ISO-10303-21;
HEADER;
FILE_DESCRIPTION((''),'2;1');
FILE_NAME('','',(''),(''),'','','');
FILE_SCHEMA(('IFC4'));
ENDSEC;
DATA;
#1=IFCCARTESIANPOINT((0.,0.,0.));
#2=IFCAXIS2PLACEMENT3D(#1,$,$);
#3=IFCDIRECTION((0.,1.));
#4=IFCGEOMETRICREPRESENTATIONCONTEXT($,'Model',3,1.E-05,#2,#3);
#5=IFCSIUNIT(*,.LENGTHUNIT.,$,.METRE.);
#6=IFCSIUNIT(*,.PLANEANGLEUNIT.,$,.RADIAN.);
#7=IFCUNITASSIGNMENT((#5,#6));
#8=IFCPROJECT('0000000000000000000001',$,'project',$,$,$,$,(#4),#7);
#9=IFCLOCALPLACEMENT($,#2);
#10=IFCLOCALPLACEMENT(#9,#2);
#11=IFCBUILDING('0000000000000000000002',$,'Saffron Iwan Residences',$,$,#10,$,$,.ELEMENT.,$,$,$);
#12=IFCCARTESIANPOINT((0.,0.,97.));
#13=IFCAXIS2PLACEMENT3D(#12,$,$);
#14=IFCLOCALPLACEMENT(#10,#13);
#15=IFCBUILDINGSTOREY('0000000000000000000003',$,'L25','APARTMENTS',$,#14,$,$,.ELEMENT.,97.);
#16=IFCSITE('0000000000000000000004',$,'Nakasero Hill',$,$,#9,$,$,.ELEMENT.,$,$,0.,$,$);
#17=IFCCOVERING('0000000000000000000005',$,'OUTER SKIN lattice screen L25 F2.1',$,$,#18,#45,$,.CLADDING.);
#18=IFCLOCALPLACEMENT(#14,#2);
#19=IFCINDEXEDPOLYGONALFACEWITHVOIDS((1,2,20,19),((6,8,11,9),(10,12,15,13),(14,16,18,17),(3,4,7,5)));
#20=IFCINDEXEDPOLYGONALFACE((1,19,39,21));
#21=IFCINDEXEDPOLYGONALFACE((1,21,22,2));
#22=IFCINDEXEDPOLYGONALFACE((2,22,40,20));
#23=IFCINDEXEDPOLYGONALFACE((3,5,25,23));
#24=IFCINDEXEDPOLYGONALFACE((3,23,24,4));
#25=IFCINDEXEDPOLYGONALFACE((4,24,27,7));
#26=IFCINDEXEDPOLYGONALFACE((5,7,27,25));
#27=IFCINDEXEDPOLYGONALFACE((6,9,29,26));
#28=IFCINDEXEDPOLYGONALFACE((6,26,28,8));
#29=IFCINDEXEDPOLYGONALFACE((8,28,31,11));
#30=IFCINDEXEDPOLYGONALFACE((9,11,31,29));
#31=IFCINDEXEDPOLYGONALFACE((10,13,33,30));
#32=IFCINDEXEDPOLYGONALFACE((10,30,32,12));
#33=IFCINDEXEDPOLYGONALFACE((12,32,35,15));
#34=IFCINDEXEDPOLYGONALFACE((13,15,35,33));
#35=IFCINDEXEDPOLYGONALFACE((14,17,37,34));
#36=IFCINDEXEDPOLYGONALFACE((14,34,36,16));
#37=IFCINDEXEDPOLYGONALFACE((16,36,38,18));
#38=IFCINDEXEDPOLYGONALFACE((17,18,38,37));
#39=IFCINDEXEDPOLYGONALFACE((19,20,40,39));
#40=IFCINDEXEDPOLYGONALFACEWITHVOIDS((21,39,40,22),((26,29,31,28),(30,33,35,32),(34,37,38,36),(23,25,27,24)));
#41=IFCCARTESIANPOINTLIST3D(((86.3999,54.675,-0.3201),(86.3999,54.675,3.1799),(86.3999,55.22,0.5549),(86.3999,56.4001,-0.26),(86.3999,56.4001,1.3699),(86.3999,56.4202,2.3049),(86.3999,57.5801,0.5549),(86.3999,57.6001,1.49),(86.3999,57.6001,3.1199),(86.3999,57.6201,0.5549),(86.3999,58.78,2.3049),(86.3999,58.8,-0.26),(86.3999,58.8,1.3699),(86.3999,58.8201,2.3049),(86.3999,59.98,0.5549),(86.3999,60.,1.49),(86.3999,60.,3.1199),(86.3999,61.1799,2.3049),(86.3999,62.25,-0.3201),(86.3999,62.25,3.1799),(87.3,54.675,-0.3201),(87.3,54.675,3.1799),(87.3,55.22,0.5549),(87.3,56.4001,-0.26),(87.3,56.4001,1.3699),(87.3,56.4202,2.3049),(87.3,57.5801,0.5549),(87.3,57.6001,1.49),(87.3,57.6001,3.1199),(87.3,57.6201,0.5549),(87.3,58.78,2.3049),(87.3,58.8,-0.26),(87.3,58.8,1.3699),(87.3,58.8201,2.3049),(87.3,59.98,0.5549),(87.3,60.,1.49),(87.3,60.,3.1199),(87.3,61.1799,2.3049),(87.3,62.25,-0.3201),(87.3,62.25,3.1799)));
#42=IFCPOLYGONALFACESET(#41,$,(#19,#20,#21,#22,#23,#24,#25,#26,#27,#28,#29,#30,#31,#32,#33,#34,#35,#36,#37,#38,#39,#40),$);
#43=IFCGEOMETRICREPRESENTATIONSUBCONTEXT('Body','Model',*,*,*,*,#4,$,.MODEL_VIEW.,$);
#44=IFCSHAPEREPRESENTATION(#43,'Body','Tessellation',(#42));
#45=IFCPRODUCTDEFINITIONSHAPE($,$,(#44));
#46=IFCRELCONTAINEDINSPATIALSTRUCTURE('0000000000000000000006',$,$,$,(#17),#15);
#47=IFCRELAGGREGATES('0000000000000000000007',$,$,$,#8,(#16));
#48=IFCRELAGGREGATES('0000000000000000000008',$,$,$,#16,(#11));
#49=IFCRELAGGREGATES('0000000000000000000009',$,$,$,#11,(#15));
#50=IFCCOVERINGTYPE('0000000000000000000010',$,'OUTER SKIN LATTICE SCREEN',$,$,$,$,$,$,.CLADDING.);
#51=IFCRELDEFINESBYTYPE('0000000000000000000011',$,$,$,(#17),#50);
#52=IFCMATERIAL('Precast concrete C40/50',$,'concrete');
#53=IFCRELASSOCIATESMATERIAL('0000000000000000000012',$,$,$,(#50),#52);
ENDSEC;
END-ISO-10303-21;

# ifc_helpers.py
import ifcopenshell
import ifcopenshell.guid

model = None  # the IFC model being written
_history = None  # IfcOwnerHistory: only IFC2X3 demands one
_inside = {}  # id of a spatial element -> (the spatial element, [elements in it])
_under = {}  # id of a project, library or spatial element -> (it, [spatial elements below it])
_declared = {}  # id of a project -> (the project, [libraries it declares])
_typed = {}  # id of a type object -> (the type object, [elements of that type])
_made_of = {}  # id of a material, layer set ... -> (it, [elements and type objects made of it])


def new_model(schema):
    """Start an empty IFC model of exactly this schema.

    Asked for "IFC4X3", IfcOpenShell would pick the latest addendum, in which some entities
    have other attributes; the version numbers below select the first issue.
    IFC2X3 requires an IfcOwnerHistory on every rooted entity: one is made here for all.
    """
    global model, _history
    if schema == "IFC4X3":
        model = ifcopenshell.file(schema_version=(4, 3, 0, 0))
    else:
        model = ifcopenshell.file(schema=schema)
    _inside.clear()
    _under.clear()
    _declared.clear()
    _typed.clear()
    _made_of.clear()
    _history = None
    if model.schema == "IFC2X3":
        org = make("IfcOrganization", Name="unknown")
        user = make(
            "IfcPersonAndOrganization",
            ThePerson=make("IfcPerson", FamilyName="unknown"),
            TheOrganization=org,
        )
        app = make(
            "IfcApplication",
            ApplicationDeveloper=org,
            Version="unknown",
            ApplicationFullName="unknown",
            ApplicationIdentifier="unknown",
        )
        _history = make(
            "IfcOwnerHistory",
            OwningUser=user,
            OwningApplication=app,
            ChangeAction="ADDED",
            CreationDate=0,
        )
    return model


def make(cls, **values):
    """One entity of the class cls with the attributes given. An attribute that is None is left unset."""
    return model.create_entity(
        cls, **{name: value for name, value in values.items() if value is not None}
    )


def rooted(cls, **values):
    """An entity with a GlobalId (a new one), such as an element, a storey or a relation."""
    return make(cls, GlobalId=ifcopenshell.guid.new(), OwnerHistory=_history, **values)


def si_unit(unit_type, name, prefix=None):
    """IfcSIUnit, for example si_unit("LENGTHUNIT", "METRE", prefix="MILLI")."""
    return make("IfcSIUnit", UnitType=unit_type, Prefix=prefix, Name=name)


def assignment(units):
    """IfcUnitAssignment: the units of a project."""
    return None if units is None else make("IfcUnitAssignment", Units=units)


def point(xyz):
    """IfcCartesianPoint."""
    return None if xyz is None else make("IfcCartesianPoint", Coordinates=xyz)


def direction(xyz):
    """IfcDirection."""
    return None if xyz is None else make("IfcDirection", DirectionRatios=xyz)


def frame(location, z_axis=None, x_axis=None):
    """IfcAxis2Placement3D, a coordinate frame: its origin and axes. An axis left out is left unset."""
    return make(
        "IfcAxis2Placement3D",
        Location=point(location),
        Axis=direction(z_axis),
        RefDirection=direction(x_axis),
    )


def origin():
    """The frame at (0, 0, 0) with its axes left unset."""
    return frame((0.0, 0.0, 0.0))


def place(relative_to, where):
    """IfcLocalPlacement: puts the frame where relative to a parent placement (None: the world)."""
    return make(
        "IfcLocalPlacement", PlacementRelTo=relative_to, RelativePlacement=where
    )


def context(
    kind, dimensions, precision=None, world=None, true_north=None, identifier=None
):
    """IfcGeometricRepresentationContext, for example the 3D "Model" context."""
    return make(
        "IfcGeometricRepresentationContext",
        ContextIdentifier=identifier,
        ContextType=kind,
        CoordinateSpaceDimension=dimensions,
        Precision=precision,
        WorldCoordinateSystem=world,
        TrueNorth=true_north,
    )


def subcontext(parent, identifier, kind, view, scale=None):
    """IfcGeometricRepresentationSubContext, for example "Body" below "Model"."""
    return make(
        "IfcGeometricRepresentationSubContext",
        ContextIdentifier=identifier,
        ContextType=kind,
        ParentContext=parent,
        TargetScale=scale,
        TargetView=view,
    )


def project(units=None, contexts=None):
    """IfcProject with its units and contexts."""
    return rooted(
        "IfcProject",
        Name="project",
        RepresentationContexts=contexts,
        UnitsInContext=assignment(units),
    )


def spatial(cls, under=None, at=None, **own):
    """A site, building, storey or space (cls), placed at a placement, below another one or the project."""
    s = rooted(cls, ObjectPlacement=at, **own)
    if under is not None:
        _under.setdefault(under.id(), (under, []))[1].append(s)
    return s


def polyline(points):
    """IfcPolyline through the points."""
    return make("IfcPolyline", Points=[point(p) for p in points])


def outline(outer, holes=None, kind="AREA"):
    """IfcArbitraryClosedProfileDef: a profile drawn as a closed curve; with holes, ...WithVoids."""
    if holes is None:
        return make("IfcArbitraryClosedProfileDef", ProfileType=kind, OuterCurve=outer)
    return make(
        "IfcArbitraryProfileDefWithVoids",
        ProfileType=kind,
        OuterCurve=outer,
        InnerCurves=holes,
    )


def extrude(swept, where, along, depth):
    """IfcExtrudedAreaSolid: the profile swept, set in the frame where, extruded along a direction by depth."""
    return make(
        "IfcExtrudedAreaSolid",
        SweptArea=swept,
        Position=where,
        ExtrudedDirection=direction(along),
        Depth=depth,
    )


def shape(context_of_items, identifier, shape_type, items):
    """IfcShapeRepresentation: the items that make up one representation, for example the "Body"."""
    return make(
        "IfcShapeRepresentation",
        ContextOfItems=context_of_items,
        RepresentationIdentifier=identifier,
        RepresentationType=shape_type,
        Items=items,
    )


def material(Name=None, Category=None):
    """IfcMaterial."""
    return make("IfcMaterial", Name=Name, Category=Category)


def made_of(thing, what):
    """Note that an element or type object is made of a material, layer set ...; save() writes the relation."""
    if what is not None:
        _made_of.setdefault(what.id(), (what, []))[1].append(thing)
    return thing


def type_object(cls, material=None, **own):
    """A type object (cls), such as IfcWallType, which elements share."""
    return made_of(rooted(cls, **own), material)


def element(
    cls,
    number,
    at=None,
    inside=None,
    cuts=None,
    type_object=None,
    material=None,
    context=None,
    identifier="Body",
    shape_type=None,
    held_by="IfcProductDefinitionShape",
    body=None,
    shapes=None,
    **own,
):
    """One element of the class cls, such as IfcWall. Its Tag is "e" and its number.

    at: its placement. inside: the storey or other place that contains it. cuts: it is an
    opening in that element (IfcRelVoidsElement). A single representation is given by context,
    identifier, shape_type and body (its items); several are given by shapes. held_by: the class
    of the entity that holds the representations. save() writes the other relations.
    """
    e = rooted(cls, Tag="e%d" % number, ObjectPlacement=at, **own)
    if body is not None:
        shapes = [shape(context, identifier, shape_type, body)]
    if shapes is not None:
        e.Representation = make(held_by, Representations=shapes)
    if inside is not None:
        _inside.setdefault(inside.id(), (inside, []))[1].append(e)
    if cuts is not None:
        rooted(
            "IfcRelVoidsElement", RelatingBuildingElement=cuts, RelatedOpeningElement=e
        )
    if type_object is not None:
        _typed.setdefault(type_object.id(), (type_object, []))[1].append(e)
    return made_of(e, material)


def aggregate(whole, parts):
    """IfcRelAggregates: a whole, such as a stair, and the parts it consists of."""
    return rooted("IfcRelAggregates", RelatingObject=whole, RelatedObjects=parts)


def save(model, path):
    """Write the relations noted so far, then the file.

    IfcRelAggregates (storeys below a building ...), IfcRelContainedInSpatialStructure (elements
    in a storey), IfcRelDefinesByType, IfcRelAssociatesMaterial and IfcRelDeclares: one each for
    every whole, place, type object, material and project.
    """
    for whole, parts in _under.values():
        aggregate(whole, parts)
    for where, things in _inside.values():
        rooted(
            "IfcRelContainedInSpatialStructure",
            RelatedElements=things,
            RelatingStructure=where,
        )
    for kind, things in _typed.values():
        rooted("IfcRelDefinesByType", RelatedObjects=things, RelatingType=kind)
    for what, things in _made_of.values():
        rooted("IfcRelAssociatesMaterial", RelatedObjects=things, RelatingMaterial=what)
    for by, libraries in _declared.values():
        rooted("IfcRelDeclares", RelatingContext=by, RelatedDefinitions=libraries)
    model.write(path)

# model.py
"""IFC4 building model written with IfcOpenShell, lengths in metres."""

from ifc_helpers import new_model, si_unit, direction, frame, origin, place, context, subcontext, project, spatial, polyline, outline, extrude, material, type_object, element, save


model = new_model("IFC4")

# Units and contexts
model_context = context("Model", 3, precision=1e-05, world=origin(), true_north=direction((0.0, 1.0)))
body_context = subcontext(model_context, "Body", "Model", "MODEL_VIEW")
ifc_project = project(units=[si_unit("LENGTHUNIT", "METRE"), si_unit("PLANEANGLEUNIT", "RADIAN")], contexts=[model_context])

# Site, building, storey
site_placement = place(None, origin())
site = spatial("IfcSite", under=ifc_project, at=site_placement, Name="Nakasero Hill", CompositionType="ELEMENT", RefElevation=0.0)
building_placement = place(site_placement, origin())
building = spatial("IfcBuilding", under=site, at=building_placement, Name="Saffron Iwan Residences", CompositionType="ELEMENT")
storey_placement = place(building_placement, frame((0.0, 0.0, 97.0)))
storey = spatial("IfcBuildingStorey", under=building, at=storey_placement, Name="L25", Description="APARTMENTS", CompositionType="ELEMENT", Elevation=97.0)

# Covering
ifc_material_1 = material(Name="Precast concrete C40/50", Category="concrete")
covering_type = type_object("IfcCoveringType", Name="OUTER SKIN LATTICE SCREEN", PredefinedType="CLADDING", material=ifc_material_1)
covering_1_placement = place(storey_placement, frame((86.3999, 54.675, -0.3201), z_axis=(1.0, 0.0, 0.0), x_axis=(0.0, 1.0, 0.0)))
element("IfcCovering", 1, at=covering_1_placement, inside=storey, type_object=covering_type, Name="OUTER SKIN lattice screen L25 F2.1", PredefinedType="CLADDING", context=body_context, shape_type="SweptSolid", body=[
    extrude(outline(polyline([(0.0, 0.0), (7.575, 0.0), (7.575, 3.5), (0.0, 3.5), (0.0, 0.0)]), holes=[polyline([(0.5449, 0.875), (1.7251, 0.0601), (2.905, 0.875), (1.7251, 1.6899), (0.5449, 0.875)]), polyline([(2.9451, 0.875), (4.125, 0.0601), (5.3049, 0.875), (4.125, 1.6899), (2.9451, 0.875)]), polyline([(1.7451, 2.625), (2.925, 1.8101), (4.105, 2.625), (2.925, 3.4399), (1.7451, 2.625)]), polyline([(4.145, 2.625), (5.325, 1.8101), (6.5049, 2.625), (5.325, 3.4399), (4.145, 2.625)])]), origin(), (0.0, 0.0, 1.0), 0.9001),
])

save(model, "model.ifc")
